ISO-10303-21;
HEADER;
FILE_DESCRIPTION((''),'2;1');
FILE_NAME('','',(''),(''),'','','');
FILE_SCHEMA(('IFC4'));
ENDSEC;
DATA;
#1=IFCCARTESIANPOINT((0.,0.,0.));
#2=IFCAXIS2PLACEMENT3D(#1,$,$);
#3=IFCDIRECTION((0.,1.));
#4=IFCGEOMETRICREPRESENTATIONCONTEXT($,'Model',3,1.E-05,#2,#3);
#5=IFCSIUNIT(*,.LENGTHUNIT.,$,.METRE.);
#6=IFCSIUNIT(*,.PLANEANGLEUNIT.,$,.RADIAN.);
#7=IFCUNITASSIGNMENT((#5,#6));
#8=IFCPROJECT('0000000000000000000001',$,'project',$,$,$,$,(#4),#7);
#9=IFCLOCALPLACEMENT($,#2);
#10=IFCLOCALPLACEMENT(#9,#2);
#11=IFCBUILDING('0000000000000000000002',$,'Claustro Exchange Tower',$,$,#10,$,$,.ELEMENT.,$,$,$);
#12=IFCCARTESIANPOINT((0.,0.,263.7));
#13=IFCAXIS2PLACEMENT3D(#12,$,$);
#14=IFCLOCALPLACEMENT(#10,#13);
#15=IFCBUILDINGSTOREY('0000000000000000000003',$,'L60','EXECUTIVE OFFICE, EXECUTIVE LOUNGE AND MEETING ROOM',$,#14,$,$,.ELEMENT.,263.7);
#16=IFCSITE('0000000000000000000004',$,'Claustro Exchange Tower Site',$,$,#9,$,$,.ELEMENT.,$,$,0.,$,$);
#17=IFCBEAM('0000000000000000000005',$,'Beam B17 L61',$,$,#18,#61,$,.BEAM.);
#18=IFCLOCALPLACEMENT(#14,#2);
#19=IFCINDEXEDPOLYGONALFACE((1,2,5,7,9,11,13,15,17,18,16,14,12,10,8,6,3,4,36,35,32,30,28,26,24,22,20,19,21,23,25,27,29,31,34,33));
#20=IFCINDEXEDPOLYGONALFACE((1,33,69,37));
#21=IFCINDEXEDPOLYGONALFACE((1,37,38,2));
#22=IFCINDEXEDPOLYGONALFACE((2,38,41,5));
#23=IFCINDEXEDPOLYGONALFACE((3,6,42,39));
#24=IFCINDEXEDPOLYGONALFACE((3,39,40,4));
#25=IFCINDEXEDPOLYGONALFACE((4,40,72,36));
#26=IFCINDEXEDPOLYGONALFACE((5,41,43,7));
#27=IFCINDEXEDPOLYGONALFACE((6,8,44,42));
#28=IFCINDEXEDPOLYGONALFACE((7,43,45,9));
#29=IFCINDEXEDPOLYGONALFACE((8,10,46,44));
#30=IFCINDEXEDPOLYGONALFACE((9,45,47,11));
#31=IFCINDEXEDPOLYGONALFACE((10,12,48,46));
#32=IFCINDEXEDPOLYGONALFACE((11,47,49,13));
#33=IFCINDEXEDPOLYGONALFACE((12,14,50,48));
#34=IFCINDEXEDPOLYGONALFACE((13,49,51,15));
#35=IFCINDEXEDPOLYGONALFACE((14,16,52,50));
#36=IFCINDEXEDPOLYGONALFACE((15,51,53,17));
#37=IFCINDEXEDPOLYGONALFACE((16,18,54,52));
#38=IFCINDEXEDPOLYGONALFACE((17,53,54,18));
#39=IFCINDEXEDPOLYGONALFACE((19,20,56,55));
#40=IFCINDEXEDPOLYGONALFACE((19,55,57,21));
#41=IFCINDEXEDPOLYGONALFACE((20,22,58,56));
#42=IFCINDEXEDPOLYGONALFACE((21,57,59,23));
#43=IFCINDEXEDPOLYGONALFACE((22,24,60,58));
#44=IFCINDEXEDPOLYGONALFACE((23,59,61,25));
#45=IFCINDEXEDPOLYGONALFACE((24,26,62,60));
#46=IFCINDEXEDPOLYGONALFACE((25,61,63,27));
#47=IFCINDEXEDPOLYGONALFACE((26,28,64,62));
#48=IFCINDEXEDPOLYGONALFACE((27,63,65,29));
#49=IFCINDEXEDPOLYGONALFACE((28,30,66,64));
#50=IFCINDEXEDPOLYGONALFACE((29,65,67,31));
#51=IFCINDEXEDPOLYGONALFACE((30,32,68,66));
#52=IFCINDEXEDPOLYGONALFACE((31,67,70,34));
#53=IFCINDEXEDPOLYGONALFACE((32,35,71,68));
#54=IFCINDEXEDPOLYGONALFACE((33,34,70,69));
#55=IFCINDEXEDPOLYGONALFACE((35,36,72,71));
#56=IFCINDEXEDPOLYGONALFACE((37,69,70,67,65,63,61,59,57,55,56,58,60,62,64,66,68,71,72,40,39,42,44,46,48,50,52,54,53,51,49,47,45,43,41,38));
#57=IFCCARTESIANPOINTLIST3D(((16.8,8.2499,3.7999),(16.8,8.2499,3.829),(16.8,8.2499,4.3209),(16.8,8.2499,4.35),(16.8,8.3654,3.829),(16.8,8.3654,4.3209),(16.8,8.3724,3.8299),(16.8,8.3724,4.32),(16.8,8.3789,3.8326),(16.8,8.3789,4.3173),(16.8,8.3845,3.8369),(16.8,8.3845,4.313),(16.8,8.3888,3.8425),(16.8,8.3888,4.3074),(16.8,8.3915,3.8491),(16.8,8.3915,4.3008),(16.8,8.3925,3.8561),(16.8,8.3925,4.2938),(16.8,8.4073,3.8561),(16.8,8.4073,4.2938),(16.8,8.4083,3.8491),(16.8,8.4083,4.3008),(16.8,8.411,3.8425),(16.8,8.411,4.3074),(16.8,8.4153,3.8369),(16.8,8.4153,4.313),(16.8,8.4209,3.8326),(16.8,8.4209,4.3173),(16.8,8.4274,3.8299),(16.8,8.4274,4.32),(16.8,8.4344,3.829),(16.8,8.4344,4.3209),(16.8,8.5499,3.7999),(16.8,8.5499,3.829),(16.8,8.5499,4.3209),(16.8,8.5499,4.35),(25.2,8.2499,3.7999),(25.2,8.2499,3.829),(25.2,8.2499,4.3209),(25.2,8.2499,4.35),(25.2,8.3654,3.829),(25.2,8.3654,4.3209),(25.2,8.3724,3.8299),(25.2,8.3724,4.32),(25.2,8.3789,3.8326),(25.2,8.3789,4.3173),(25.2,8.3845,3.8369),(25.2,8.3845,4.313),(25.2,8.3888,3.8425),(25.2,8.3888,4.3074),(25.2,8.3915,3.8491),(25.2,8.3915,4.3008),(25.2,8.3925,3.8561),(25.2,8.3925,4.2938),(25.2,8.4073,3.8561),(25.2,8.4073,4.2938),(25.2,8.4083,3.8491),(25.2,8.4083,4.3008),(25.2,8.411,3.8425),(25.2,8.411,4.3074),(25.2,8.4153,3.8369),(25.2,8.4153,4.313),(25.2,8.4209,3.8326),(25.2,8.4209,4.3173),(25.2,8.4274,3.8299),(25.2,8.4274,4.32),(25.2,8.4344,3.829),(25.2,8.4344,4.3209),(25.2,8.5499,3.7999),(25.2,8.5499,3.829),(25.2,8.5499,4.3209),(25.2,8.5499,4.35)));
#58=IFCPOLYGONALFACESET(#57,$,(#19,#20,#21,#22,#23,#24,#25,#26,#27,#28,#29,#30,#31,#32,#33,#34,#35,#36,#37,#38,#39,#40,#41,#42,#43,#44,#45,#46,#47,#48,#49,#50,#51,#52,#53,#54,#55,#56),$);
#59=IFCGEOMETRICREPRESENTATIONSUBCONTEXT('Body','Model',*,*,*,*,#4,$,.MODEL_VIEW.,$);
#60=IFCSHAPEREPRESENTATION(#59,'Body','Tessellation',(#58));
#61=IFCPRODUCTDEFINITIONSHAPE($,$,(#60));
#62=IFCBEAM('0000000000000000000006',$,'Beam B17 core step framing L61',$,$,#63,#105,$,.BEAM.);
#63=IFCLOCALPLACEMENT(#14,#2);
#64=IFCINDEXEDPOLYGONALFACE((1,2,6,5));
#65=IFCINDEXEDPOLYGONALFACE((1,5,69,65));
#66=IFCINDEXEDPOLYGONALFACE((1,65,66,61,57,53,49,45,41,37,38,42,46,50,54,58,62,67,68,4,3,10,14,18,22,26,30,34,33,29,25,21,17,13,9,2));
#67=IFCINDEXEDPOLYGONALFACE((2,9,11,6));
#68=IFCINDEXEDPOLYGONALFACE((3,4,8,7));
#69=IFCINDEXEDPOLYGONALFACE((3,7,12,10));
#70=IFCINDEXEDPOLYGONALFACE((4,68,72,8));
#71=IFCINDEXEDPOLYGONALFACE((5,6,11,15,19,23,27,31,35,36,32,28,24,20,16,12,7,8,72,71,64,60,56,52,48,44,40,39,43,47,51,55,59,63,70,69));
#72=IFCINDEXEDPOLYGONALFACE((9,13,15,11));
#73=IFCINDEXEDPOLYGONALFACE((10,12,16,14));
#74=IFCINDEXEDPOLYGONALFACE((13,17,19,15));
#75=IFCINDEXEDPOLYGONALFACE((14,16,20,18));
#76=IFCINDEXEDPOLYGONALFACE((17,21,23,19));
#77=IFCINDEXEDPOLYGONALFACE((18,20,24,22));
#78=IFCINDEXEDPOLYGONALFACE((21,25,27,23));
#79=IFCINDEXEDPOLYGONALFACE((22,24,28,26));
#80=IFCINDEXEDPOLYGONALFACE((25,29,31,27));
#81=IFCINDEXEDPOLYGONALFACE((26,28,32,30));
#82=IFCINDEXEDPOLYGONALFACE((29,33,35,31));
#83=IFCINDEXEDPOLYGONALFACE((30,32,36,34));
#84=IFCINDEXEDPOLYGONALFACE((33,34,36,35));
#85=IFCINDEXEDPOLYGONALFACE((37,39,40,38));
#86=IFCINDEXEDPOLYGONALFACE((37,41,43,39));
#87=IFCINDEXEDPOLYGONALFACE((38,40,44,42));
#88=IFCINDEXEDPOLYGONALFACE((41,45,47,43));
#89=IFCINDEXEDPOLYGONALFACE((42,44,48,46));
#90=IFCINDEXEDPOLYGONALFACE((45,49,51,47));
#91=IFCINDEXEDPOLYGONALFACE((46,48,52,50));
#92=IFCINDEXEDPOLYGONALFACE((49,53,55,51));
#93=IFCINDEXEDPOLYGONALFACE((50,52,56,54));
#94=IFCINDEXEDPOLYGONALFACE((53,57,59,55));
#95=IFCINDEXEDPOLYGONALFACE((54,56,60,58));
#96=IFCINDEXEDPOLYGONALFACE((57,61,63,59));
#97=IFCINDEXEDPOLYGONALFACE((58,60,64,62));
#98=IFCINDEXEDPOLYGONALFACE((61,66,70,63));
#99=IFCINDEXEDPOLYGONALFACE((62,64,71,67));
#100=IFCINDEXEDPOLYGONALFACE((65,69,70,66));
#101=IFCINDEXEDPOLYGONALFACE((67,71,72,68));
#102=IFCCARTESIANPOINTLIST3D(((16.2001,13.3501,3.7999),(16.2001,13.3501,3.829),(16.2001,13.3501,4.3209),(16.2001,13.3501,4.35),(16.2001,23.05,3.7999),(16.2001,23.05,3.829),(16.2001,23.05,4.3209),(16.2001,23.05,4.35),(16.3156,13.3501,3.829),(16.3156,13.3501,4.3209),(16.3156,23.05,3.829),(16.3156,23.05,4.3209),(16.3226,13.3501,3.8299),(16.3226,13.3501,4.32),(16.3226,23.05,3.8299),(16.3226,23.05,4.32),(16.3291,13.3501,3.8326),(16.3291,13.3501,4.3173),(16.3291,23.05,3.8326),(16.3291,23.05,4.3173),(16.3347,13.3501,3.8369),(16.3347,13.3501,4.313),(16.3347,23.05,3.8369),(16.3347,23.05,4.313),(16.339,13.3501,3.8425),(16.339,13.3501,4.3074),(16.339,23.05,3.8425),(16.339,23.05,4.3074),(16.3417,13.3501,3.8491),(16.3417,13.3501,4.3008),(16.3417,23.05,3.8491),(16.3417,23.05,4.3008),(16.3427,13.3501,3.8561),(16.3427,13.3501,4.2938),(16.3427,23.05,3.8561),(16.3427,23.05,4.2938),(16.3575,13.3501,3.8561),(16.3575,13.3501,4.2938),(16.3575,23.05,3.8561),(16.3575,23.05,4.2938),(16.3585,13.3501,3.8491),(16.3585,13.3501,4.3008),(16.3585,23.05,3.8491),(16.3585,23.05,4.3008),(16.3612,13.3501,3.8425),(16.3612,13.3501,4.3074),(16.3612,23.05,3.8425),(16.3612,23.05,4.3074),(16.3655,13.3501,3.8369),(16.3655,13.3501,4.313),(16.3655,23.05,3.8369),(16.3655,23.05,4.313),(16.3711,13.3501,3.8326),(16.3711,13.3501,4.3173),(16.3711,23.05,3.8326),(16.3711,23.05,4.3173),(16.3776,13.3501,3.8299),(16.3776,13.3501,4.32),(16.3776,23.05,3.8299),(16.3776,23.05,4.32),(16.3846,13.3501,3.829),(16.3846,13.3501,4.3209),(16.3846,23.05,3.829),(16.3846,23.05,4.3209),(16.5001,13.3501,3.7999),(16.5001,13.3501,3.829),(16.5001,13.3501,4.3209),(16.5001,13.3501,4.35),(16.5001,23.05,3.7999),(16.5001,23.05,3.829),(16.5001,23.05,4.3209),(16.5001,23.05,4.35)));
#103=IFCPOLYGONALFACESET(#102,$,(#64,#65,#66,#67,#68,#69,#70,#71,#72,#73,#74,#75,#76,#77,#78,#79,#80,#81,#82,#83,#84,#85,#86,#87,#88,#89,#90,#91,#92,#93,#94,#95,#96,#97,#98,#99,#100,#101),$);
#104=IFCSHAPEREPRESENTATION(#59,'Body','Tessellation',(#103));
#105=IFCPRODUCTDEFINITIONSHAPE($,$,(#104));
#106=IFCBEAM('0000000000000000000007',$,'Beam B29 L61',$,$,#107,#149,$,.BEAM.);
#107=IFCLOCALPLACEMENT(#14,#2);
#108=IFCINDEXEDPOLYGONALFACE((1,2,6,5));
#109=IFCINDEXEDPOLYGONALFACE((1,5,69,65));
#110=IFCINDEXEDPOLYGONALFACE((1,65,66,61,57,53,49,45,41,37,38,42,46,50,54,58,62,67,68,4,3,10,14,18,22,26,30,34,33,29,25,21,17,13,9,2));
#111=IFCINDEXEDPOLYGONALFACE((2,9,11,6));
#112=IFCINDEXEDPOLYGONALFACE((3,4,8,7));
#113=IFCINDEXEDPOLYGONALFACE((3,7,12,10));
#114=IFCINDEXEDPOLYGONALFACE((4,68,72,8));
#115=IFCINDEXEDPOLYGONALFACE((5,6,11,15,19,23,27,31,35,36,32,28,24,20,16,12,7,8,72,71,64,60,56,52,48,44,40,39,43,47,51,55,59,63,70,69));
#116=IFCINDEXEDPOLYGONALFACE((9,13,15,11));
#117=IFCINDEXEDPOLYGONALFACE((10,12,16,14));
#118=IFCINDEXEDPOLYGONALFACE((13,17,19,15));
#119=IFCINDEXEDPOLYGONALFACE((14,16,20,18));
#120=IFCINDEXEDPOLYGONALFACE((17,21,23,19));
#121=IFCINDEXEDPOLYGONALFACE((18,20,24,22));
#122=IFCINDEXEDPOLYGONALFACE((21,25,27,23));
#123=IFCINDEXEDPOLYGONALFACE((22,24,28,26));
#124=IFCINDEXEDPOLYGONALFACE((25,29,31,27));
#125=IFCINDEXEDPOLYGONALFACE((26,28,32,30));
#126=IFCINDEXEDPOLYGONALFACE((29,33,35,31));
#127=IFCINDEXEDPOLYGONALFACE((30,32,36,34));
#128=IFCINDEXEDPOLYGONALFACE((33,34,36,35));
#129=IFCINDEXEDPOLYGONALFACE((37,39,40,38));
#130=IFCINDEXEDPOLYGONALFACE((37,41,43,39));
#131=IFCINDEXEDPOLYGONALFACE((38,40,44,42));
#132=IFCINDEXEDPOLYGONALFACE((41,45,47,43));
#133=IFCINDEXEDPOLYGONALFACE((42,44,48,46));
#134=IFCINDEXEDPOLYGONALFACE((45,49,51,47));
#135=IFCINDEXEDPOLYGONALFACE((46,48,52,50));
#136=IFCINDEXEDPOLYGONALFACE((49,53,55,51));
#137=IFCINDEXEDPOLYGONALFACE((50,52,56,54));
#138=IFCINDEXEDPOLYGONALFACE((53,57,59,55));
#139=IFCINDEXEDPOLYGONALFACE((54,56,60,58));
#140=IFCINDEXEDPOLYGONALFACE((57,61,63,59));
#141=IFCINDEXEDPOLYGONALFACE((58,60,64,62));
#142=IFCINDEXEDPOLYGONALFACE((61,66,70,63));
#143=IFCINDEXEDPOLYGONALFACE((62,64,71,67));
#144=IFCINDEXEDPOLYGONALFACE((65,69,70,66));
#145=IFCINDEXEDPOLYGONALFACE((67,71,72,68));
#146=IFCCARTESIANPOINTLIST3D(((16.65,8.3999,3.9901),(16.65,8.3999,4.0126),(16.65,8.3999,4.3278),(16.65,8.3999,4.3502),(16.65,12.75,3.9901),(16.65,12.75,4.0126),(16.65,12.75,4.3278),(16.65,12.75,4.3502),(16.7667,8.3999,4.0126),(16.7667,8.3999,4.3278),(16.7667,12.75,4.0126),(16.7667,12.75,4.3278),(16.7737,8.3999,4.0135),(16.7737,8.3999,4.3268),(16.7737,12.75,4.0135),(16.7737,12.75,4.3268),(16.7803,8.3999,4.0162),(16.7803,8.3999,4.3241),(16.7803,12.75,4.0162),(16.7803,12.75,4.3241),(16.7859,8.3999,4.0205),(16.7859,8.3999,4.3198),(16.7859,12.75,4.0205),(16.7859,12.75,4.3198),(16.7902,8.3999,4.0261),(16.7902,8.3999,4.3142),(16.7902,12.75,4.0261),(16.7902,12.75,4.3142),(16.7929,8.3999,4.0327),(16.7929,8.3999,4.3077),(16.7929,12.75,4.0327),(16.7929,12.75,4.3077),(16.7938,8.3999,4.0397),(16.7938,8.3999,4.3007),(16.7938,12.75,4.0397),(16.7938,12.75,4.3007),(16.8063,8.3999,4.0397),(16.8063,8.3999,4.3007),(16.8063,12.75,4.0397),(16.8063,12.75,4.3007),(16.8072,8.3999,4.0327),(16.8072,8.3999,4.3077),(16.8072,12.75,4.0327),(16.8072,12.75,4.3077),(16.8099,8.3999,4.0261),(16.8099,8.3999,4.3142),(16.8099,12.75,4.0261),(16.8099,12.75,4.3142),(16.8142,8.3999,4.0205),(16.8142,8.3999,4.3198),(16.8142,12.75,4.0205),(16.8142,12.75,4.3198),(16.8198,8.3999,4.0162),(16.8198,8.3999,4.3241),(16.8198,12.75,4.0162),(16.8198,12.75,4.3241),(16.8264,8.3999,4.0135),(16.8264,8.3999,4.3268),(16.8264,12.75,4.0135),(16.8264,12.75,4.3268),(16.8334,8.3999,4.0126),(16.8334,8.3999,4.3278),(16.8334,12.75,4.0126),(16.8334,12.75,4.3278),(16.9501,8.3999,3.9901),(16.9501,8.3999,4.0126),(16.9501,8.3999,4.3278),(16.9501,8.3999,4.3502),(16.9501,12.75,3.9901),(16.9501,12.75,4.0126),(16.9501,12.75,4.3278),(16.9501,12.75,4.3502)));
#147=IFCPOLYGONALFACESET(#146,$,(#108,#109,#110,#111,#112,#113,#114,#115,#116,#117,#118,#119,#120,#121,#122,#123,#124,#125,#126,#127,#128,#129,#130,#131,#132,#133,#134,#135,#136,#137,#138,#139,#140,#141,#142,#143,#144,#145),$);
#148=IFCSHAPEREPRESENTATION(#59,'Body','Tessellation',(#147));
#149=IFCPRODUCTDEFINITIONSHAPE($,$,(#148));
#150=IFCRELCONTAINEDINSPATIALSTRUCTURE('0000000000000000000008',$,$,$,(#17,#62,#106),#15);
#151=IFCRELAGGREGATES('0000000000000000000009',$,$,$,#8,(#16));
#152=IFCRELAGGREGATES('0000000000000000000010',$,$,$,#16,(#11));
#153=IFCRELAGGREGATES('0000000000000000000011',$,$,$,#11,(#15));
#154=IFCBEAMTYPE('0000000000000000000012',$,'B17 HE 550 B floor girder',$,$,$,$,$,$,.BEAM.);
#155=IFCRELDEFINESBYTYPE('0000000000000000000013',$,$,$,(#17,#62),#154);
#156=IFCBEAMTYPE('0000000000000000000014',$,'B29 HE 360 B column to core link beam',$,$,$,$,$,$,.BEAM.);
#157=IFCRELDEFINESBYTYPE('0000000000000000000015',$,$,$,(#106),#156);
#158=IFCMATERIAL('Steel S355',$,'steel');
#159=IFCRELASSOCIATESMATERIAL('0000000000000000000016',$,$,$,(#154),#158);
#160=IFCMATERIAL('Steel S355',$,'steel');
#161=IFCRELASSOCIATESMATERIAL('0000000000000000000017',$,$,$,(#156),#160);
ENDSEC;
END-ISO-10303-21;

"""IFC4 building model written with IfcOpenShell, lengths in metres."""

from ifc_helpers import new_model, si_unit, direction, frame, origin, origin_2d, place, context, subcontext, project, spatial, i_section, extrude, material, material_profile, profile_set, type_object, element, save


model = new_model("IFC4")

# Units and contexts
model_context = context("Model", 3, precision=1e-05, world=origin(), true_north=direction((0.0, 1.0)))
body_context = subcontext(model_context, "Body", "Model", "MODEL_VIEW")
ifc_project = project(units=[si_unit("LENGTHUNIT", "METRE"), si_unit("PLANEANGLEUNIT", "RADIAN")], contexts=[model_context])

# Site, building, storey
site_placement = place(None, origin())
site = spatial("IfcSite", under=ifc_project, at=site_placement, Name="Claustro Exchange Tower Site", CompositionType="ELEMENT", RefElevation=0.0)
building_placement = place(site_placement, origin())
building = spatial("IfcBuilding", under=site, at=building_placement, Name="Claustro Exchange Tower", CompositionType="ELEMENT")
storey_placement = place(building_placement, frame((0.0, 0.0, 263.7)))
storey = spatial("IfcBuildingStorey", under=building, at=storey_placement, Name="L60", Description="EXECUTIVE OFFICE, EXECUTIVE LOUNGE AND MEETING ROOM", CompositionType="ELEMENT", Elevation=263.7)

# Beams
ifc_material_1 = material(Name="Steel S355", Category="steel")
ifc_material_profile_1 = material_profile(ifc_material_1, i_section(OverallWidth=0.3, OverallDepth=0.55, WebThickness=0.0149, FlangeThickness=0.0291, FilletRadius=0.0271, at=origin_2d()), Name="HE 550 B")
ifc_profile_set_1 = profile_set([ifc_material_profile_1], Name="Steel S355")
beam_type_1 = type_object("IfcBeamType", Name="B17 HE 550 B floor girder", PredefinedType="BEAM", material=ifc_profile_set_1)
beam_1_placement = place(storey_placement, frame((16.8, 8.3999, 4.075), z_axis=(1.0, 0.0, 0.0), x_axis=(0.0, 1.0, 0.0)))
element("IfcBeam", 1, at=beam_1_placement, inside=storey, type_object=beam_type_1, Name="Beam B17 L61", PredefinedType="BEAM", context=body_context, shape_type="SweptSolid", body=[
    extrude(i_section(OverallWidth=0.3, OverallDepth=0.55, WebThickness=0.0149, FlangeThickness=0.0291, FilletRadius=0.0271, at=origin_2d()), origin(), (0.0, 0.0, 1.0), 8.3999),
])
beam_2_placement = place(storey_placement, frame((16.3501, 13.3501, 4.075), z_axis=(0.0, 1.0, 0.0), x_axis=(-1.0, 0.0, 0.0)))
element("IfcBeam", 2, at=beam_2_placement, inside=storey, type_object=beam_type_1, Name="Beam B17 core step framing L61", PredefinedType="BEAM", context=body_context, shape_type="SweptSolid", body=[
    extrude(i_section(OverallWidth=0.3, OverallDepth=0.55, WebThickness=0.0149, FlangeThickness=0.0291, FilletRadius=0.0271, at=origin_2d()), origin(), (0.0, 0.0, 1.0), 9.7),
])
ifc_material_2 = material(Name="Steel S355", Category="steel")
ifc_material_profile_2 = material_profile(ifc_material_2, i_section(OverallWidth=0.3, OverallDepth=0.3601, WebThickness=0.0125, FlangeThickness=0.0225, FilletRadius=0.0271, at=origin_2d()), Name="HE 360 B")
ifc_profile_set_2 = profile_set([ifc_material_profile_2], Name="Steel S355")
beam_type_2 = type_object("IfcBeamType", Name="B29 HE 360 B column to core link beam", PredefinedType="BEAM", material=ifc_profile_set_2)
beam_3_placement = place(storey_placement, frame((16.8, 8.3999, 4.1702), z_axis=(0.0, 1.0, 0.0), x_axis=(-1.0, 0.0, 0.0)))
element("IfcBeam", 3, at=beam_3_placement, inside=storey, type_object=beam_type_2, Name="Beam B29 L61", PredefinedType="BEAM", context=body_context, shape_type="SweptSolid", body=[
    extrude(i_section(OverallWidth=0.3, OverallDepth=0.3601, WebThickness=0.0125, FlangeThickness=0.0225, FilletRadius=0.0271, at=origin_2d()), origin(), (0.0, 0.0, 1.0), 4.3501),
])

save(model, "model.ifc")
